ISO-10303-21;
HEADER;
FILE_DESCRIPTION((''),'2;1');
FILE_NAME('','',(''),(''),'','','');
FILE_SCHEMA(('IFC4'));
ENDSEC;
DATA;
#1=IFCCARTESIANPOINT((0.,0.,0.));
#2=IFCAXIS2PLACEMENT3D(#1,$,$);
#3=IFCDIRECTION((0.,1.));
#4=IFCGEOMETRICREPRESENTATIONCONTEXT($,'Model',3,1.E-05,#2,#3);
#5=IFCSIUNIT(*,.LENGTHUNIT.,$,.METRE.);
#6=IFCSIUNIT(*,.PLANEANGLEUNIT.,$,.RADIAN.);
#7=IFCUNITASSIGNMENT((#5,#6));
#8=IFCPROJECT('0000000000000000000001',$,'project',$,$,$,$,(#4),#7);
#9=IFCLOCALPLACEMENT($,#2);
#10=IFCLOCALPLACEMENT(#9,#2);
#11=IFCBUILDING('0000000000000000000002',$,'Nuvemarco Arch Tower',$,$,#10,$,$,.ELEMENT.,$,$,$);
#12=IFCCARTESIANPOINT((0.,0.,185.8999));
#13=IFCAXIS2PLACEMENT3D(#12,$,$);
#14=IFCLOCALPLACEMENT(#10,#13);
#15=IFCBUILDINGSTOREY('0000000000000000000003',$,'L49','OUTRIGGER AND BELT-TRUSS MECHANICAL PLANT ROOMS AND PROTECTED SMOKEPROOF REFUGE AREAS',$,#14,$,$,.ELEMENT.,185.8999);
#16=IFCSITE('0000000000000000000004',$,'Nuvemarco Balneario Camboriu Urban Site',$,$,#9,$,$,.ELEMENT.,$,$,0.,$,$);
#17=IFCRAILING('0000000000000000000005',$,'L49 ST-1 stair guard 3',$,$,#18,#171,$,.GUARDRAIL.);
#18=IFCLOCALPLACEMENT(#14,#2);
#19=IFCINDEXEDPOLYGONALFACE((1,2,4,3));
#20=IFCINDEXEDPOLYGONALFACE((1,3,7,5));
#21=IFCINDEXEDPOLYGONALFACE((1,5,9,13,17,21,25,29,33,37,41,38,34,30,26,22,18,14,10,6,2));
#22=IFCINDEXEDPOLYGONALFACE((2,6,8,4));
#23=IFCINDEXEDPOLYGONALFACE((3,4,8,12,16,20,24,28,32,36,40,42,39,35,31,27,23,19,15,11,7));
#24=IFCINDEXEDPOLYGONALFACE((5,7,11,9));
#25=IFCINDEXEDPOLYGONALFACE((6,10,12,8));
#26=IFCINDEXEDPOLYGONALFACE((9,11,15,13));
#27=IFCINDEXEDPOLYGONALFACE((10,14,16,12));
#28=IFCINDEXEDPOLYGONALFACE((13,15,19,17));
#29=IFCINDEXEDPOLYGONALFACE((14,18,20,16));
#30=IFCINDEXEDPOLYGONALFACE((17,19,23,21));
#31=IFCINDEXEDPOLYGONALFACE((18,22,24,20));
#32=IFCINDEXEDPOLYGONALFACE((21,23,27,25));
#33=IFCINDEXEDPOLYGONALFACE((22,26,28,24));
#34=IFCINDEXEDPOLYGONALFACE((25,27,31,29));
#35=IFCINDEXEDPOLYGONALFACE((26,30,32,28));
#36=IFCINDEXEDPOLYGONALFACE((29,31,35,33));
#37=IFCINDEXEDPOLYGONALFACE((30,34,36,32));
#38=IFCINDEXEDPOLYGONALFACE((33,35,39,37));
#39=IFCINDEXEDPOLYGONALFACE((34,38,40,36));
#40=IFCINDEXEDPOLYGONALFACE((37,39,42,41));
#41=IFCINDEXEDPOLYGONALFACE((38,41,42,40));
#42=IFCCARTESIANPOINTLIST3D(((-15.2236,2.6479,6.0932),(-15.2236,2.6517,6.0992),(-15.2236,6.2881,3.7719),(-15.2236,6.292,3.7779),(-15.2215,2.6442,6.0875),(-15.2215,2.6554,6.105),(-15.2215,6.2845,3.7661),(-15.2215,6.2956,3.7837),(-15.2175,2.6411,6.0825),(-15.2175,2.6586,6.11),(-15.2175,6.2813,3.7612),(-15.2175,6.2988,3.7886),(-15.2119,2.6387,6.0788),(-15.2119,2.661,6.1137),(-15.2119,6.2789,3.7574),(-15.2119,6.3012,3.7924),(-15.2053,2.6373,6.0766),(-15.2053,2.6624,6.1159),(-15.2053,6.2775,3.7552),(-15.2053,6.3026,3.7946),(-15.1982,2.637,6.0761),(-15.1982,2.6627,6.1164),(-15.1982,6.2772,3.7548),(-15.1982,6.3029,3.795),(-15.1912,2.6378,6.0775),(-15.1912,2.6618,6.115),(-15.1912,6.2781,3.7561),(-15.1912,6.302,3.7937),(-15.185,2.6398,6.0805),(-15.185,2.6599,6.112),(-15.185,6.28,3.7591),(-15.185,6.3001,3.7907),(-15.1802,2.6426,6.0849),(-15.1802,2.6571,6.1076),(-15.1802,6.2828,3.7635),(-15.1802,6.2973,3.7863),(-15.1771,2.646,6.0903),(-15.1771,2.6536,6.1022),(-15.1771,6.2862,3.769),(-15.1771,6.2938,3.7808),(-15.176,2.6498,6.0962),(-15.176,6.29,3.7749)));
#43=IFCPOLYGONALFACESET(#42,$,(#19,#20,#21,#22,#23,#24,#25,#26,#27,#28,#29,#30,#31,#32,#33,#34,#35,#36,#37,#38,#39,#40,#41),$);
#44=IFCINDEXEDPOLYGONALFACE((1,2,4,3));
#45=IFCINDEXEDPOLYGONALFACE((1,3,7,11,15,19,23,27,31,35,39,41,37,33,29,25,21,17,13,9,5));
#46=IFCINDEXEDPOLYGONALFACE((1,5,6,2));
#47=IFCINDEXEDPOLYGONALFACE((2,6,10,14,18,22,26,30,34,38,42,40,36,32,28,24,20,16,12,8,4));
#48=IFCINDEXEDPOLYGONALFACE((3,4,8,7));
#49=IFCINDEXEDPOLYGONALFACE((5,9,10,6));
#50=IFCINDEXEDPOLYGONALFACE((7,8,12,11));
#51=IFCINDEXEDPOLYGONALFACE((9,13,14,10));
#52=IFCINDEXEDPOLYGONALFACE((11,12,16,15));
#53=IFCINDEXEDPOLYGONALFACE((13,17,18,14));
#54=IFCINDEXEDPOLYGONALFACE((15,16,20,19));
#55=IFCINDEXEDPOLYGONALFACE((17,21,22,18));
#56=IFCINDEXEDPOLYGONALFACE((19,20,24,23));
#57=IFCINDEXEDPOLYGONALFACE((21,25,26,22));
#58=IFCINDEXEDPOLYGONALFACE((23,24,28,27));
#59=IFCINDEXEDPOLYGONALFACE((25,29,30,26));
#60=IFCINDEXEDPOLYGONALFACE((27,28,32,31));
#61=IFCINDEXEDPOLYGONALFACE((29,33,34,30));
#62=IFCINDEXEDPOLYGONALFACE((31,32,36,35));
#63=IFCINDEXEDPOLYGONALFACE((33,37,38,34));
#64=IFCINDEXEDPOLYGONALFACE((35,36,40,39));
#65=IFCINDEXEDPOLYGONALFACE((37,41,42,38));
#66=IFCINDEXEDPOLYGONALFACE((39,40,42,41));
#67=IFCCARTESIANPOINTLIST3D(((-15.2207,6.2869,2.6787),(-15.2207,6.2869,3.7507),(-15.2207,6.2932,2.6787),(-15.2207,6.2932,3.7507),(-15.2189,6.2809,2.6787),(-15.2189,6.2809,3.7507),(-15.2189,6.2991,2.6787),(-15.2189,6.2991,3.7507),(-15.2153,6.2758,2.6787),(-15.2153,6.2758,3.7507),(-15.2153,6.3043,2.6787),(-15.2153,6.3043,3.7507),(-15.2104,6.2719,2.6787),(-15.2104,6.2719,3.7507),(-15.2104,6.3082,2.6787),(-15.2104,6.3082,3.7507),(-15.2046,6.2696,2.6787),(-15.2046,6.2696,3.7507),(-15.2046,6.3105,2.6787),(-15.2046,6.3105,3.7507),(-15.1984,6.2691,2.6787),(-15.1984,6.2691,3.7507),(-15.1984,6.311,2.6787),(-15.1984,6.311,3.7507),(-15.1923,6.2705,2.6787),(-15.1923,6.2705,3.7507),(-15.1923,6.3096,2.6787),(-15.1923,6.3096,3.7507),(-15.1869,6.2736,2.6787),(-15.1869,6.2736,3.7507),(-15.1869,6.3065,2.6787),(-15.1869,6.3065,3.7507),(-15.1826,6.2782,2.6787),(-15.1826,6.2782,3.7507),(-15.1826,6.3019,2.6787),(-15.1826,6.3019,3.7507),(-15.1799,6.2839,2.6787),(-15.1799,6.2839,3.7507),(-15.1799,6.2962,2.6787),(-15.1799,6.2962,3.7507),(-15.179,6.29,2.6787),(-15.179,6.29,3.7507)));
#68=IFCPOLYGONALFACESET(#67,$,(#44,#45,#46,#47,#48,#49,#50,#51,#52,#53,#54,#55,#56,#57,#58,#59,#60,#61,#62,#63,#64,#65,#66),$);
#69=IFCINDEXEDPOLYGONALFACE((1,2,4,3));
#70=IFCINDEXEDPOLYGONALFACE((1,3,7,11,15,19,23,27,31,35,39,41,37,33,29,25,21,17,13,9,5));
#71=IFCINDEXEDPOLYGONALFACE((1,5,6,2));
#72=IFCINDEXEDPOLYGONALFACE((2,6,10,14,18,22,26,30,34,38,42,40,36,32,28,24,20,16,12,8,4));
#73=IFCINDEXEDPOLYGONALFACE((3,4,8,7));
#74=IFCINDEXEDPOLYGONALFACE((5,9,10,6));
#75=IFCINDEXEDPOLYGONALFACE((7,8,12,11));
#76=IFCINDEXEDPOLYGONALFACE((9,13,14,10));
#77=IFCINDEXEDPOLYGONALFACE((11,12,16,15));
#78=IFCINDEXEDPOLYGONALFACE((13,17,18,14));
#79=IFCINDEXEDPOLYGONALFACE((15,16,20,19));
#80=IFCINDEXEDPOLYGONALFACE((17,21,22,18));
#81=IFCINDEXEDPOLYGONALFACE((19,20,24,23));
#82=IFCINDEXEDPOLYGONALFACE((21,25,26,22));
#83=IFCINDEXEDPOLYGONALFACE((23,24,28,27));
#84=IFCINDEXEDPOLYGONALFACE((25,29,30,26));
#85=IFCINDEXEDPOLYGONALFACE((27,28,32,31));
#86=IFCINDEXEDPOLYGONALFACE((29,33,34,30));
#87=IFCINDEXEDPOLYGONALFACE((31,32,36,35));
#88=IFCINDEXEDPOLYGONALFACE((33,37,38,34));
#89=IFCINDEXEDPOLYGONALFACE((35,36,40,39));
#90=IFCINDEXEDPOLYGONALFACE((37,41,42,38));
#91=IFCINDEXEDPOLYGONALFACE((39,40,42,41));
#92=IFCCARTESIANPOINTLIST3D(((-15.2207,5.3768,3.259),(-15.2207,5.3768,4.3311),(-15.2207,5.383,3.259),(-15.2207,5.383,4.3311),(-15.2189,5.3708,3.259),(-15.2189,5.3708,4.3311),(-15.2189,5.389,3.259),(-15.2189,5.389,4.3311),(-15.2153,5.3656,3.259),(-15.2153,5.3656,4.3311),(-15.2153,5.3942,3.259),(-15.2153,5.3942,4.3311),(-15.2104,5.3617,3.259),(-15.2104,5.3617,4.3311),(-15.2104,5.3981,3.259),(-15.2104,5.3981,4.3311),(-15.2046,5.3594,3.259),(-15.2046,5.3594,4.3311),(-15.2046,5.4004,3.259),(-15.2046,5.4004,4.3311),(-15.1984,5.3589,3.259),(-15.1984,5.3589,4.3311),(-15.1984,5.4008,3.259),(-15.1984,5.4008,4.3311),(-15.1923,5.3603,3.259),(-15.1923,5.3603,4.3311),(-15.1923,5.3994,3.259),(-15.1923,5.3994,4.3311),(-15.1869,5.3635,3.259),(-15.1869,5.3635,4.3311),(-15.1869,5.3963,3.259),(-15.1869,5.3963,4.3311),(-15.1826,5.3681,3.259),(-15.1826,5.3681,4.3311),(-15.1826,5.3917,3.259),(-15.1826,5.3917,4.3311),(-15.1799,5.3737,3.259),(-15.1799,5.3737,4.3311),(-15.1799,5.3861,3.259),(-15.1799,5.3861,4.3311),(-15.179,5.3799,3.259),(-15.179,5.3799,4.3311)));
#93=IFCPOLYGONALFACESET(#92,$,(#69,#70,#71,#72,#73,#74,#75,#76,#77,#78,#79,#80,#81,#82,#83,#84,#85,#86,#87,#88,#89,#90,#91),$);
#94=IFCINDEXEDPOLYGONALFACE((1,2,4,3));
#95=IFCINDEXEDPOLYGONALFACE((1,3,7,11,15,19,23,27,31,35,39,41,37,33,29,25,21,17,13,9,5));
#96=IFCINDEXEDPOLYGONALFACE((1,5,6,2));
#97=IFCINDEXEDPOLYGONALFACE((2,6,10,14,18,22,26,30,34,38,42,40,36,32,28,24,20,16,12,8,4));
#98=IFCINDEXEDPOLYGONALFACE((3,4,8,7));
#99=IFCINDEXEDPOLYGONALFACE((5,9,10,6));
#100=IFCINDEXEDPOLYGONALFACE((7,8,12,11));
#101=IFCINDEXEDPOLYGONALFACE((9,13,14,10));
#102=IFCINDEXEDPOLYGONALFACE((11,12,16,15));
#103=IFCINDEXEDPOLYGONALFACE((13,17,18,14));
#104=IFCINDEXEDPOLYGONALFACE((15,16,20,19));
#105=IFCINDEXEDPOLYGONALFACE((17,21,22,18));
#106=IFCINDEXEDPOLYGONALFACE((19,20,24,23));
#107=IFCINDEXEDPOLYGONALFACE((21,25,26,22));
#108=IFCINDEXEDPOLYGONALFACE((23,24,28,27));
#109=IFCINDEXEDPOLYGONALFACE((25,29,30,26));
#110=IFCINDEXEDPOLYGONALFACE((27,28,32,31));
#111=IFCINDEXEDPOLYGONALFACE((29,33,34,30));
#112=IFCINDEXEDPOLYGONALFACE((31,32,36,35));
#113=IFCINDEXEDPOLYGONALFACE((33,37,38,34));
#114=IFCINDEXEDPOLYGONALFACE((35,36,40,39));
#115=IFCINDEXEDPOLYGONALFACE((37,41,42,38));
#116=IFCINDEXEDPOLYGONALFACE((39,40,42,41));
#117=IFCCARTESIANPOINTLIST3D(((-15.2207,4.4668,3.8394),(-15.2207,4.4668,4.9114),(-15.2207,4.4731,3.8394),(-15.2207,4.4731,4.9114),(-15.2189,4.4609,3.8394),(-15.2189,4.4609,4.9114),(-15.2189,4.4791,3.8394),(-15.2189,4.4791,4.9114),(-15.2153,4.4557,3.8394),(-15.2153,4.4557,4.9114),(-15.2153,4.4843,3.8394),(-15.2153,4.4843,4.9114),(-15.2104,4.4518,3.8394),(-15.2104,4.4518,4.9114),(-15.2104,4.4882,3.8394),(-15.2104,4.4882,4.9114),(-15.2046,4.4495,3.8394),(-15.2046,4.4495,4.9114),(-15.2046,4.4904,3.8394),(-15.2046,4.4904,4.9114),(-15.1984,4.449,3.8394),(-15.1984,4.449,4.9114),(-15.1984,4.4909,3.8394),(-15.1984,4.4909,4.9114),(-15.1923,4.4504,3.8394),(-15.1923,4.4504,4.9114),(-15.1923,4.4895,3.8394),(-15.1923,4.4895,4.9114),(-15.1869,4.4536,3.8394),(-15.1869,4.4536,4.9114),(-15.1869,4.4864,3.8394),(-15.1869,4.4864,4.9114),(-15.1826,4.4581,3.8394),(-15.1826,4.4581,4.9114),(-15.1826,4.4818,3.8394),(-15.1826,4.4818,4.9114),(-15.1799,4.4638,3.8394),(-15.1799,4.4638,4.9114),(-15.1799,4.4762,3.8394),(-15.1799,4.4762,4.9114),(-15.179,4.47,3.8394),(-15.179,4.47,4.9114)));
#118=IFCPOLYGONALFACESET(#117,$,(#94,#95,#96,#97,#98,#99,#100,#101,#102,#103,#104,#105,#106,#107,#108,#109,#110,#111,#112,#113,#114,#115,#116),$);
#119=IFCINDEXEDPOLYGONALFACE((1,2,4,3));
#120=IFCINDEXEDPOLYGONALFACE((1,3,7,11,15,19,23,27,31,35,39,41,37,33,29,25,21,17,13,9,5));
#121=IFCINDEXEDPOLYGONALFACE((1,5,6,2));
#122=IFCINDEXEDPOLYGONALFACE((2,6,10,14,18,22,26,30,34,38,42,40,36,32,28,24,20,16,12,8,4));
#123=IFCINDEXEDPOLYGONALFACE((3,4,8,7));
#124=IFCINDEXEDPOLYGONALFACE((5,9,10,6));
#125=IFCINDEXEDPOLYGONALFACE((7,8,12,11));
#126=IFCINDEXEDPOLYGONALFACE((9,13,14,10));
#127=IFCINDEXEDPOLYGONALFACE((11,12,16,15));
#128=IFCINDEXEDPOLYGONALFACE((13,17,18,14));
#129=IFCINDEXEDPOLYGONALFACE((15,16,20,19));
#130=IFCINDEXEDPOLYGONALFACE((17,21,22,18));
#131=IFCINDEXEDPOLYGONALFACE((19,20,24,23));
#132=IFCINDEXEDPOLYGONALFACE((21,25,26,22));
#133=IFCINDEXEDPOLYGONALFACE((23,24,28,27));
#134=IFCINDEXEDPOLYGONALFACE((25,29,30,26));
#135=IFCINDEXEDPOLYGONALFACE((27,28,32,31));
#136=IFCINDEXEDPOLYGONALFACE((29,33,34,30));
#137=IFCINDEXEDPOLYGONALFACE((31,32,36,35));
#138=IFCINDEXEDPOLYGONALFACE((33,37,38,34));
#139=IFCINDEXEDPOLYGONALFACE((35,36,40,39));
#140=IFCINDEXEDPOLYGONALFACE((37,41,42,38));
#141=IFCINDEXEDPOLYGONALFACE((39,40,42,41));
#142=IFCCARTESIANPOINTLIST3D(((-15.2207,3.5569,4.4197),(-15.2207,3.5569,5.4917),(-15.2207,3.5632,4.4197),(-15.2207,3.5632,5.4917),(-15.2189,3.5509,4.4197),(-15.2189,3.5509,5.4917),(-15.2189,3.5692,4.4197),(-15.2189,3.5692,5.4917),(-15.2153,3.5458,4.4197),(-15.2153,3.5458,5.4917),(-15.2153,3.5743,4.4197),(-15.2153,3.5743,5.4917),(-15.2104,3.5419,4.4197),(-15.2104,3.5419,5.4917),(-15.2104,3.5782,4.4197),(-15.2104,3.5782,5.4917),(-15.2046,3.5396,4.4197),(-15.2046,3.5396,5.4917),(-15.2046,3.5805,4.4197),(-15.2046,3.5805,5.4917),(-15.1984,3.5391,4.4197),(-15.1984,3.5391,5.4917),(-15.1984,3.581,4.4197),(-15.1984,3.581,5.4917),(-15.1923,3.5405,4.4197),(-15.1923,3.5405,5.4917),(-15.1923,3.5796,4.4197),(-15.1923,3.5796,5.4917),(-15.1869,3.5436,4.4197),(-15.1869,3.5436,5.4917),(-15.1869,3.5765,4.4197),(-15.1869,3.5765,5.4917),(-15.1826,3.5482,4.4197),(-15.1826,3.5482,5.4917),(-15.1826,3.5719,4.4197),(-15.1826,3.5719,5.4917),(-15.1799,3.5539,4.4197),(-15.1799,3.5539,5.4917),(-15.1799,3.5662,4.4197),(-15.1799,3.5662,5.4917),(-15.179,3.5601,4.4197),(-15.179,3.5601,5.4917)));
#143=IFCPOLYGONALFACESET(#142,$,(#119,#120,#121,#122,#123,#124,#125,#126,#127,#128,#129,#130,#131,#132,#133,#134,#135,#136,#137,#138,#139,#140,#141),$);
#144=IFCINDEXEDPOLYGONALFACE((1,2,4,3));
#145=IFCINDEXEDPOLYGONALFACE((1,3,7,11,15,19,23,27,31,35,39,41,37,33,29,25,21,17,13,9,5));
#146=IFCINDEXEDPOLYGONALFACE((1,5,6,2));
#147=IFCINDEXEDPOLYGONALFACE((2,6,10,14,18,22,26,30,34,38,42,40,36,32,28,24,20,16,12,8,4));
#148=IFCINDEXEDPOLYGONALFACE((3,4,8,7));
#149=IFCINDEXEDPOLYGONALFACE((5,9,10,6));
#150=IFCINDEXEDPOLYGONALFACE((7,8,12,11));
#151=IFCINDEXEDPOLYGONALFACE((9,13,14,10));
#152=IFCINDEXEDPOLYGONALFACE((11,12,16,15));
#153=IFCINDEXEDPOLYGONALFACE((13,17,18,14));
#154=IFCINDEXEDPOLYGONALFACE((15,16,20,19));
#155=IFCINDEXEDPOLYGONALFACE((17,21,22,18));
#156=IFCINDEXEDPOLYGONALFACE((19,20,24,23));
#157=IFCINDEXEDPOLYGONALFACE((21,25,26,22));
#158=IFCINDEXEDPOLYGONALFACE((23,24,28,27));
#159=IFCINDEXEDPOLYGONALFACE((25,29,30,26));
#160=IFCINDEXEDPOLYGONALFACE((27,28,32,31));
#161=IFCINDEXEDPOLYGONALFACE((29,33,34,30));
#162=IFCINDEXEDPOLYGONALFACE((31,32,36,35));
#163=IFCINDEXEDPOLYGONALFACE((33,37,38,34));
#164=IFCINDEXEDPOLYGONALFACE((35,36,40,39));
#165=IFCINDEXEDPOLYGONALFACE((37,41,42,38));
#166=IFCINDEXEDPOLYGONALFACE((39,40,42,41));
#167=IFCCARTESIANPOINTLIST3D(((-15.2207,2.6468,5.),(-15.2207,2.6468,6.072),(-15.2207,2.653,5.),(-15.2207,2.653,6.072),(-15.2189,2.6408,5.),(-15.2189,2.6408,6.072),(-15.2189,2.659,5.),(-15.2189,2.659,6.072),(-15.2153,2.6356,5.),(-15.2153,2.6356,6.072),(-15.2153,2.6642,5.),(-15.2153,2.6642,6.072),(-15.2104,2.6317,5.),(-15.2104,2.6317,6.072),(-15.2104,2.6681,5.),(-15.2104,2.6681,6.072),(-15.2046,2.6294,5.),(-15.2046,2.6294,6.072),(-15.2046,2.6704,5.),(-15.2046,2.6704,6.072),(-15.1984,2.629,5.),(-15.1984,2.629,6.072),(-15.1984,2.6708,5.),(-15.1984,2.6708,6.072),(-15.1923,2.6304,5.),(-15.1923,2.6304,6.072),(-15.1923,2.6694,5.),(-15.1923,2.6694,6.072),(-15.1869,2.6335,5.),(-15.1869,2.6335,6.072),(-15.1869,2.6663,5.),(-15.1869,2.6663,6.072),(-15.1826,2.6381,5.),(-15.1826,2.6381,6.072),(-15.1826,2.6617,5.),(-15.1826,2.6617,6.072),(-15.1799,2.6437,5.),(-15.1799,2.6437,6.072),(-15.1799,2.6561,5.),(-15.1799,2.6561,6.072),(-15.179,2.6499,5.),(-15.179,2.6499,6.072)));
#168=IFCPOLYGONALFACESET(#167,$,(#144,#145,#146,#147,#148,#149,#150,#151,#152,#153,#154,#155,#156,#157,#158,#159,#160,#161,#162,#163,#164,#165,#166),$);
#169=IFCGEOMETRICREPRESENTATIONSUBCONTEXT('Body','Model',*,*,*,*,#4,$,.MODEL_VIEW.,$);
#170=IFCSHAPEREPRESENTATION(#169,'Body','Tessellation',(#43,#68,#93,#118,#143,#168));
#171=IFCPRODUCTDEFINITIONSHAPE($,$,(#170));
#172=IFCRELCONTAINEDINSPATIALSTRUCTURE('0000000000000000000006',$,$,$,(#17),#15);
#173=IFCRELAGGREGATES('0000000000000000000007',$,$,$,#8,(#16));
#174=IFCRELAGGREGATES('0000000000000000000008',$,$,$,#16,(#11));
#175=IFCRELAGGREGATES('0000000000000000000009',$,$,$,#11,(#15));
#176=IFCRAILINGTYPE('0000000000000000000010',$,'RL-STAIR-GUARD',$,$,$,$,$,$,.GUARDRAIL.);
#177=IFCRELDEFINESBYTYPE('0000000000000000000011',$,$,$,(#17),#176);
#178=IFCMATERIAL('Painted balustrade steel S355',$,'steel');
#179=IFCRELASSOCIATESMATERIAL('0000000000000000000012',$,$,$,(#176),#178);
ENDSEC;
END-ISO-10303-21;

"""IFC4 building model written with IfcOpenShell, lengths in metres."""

from ifc_helpers import new_model, si_unit, direction, frame, origin, origin_2d, place, context, subcontext, project, spatial, circle, extrude, material, type_object, element, save


model = new_model("IFC4")

# Units and contexts
model_context = context("Model", 3, precision=1e-05, world=origin(), true_north=direction((0.0, 1.0)))
body_context = subcontext(model_context, "Body", "Model", "MODEL_VIEW")
ifc_project = project(units=[si_unit("LENGTHUNIT", "METRE"), si_unit("PLANEANGLEUNIT", "RADIAN")], contexts=[model_context])

# Site, building, storey
site_placement = place(None, origin())
site = spatial("IfcSite", under=ifc_project, at=site_placement, Name="Nuvemarco Balneario Camboriu Urban Site", CompositionType="ELEMENT", RefElevation=0.0)
building_placement = place(site_placement, origin())
building = spatial("IfcBuilding", under=site, at=building_placement, Name="Nuvemarco Arch Tower", CompositionType="ELEMENT")
storey_placement = place(building_placement, frame((0.0, 0.0, 185.8999)))
storey = spatial("IfcBuildingStorey", under=building, at=storey_placement, Name="L49", Description="OUTRIGGER AND BELT-TRUSS MECHANICAL PLANT ROOMS AND PROTECTED SMOKEPROOF REFUGE AREAS", CompositionType="ELEMENT", Elevation=185.8999)

# Railing
ifc_material_1 = material(Name="Painted balustrade steel S355", Category="steel")
railing_type_1 = type_object("IfcRailingType", Name="RL-STAIR-GUARD", PredefinedType="GUARDRAIL", material=ifc_material_1)
railing_1_placement = place(storey_placement, frame((-15.2, 6.29, 2.6787)))
element("IfcRailing", 1, at=railing_1_placement, inside=storey, type_object=railing_type_1, Name="L49 ST-1 stair guard 3", PredefinedType="GUARDRAIL", context=body_context, shape_type="SweptSolid", body=[
    extrude(circle(Radius=0.0239, at=origin_2d()), frame((0.0, 0.0, 1.0962), z_axis=(0.0, -0.843153, 0.537673), x_axis=(1.0, 0.0, 0.0)), (0.0, 0.0, 1.0), 4.3174),
    extrude(circle(Radius=0.021, at=origin_2d()), origin(), (0.0, 0.0, 1.0), 1.072),
    extrude(circle(Radius=0.021, at=origin_2d()), frame((0.0, -0.9102, 0.5803)), (0.0, 0.0, 1.0), 1.072),
    extrude(circle(Radius=0.021, at=origin_2d()), frame((0.0, -1.8201, 1.1606)), (0.0, 0.0, 1.0), 1.072),
    extrude(circle(Radius=0.021, at=origin_2d()), frame((0.0, -2.73, 1.741)), (0.0, 0.0, 1.0), 1.072),
    extrude(circle(Radius=0.021, at=origin_2d()), frame((0.0, -3.6401, 2.3213)), (0.0, 0.0, 1.0), 1.072),
])

save(model, "model.ifc")
